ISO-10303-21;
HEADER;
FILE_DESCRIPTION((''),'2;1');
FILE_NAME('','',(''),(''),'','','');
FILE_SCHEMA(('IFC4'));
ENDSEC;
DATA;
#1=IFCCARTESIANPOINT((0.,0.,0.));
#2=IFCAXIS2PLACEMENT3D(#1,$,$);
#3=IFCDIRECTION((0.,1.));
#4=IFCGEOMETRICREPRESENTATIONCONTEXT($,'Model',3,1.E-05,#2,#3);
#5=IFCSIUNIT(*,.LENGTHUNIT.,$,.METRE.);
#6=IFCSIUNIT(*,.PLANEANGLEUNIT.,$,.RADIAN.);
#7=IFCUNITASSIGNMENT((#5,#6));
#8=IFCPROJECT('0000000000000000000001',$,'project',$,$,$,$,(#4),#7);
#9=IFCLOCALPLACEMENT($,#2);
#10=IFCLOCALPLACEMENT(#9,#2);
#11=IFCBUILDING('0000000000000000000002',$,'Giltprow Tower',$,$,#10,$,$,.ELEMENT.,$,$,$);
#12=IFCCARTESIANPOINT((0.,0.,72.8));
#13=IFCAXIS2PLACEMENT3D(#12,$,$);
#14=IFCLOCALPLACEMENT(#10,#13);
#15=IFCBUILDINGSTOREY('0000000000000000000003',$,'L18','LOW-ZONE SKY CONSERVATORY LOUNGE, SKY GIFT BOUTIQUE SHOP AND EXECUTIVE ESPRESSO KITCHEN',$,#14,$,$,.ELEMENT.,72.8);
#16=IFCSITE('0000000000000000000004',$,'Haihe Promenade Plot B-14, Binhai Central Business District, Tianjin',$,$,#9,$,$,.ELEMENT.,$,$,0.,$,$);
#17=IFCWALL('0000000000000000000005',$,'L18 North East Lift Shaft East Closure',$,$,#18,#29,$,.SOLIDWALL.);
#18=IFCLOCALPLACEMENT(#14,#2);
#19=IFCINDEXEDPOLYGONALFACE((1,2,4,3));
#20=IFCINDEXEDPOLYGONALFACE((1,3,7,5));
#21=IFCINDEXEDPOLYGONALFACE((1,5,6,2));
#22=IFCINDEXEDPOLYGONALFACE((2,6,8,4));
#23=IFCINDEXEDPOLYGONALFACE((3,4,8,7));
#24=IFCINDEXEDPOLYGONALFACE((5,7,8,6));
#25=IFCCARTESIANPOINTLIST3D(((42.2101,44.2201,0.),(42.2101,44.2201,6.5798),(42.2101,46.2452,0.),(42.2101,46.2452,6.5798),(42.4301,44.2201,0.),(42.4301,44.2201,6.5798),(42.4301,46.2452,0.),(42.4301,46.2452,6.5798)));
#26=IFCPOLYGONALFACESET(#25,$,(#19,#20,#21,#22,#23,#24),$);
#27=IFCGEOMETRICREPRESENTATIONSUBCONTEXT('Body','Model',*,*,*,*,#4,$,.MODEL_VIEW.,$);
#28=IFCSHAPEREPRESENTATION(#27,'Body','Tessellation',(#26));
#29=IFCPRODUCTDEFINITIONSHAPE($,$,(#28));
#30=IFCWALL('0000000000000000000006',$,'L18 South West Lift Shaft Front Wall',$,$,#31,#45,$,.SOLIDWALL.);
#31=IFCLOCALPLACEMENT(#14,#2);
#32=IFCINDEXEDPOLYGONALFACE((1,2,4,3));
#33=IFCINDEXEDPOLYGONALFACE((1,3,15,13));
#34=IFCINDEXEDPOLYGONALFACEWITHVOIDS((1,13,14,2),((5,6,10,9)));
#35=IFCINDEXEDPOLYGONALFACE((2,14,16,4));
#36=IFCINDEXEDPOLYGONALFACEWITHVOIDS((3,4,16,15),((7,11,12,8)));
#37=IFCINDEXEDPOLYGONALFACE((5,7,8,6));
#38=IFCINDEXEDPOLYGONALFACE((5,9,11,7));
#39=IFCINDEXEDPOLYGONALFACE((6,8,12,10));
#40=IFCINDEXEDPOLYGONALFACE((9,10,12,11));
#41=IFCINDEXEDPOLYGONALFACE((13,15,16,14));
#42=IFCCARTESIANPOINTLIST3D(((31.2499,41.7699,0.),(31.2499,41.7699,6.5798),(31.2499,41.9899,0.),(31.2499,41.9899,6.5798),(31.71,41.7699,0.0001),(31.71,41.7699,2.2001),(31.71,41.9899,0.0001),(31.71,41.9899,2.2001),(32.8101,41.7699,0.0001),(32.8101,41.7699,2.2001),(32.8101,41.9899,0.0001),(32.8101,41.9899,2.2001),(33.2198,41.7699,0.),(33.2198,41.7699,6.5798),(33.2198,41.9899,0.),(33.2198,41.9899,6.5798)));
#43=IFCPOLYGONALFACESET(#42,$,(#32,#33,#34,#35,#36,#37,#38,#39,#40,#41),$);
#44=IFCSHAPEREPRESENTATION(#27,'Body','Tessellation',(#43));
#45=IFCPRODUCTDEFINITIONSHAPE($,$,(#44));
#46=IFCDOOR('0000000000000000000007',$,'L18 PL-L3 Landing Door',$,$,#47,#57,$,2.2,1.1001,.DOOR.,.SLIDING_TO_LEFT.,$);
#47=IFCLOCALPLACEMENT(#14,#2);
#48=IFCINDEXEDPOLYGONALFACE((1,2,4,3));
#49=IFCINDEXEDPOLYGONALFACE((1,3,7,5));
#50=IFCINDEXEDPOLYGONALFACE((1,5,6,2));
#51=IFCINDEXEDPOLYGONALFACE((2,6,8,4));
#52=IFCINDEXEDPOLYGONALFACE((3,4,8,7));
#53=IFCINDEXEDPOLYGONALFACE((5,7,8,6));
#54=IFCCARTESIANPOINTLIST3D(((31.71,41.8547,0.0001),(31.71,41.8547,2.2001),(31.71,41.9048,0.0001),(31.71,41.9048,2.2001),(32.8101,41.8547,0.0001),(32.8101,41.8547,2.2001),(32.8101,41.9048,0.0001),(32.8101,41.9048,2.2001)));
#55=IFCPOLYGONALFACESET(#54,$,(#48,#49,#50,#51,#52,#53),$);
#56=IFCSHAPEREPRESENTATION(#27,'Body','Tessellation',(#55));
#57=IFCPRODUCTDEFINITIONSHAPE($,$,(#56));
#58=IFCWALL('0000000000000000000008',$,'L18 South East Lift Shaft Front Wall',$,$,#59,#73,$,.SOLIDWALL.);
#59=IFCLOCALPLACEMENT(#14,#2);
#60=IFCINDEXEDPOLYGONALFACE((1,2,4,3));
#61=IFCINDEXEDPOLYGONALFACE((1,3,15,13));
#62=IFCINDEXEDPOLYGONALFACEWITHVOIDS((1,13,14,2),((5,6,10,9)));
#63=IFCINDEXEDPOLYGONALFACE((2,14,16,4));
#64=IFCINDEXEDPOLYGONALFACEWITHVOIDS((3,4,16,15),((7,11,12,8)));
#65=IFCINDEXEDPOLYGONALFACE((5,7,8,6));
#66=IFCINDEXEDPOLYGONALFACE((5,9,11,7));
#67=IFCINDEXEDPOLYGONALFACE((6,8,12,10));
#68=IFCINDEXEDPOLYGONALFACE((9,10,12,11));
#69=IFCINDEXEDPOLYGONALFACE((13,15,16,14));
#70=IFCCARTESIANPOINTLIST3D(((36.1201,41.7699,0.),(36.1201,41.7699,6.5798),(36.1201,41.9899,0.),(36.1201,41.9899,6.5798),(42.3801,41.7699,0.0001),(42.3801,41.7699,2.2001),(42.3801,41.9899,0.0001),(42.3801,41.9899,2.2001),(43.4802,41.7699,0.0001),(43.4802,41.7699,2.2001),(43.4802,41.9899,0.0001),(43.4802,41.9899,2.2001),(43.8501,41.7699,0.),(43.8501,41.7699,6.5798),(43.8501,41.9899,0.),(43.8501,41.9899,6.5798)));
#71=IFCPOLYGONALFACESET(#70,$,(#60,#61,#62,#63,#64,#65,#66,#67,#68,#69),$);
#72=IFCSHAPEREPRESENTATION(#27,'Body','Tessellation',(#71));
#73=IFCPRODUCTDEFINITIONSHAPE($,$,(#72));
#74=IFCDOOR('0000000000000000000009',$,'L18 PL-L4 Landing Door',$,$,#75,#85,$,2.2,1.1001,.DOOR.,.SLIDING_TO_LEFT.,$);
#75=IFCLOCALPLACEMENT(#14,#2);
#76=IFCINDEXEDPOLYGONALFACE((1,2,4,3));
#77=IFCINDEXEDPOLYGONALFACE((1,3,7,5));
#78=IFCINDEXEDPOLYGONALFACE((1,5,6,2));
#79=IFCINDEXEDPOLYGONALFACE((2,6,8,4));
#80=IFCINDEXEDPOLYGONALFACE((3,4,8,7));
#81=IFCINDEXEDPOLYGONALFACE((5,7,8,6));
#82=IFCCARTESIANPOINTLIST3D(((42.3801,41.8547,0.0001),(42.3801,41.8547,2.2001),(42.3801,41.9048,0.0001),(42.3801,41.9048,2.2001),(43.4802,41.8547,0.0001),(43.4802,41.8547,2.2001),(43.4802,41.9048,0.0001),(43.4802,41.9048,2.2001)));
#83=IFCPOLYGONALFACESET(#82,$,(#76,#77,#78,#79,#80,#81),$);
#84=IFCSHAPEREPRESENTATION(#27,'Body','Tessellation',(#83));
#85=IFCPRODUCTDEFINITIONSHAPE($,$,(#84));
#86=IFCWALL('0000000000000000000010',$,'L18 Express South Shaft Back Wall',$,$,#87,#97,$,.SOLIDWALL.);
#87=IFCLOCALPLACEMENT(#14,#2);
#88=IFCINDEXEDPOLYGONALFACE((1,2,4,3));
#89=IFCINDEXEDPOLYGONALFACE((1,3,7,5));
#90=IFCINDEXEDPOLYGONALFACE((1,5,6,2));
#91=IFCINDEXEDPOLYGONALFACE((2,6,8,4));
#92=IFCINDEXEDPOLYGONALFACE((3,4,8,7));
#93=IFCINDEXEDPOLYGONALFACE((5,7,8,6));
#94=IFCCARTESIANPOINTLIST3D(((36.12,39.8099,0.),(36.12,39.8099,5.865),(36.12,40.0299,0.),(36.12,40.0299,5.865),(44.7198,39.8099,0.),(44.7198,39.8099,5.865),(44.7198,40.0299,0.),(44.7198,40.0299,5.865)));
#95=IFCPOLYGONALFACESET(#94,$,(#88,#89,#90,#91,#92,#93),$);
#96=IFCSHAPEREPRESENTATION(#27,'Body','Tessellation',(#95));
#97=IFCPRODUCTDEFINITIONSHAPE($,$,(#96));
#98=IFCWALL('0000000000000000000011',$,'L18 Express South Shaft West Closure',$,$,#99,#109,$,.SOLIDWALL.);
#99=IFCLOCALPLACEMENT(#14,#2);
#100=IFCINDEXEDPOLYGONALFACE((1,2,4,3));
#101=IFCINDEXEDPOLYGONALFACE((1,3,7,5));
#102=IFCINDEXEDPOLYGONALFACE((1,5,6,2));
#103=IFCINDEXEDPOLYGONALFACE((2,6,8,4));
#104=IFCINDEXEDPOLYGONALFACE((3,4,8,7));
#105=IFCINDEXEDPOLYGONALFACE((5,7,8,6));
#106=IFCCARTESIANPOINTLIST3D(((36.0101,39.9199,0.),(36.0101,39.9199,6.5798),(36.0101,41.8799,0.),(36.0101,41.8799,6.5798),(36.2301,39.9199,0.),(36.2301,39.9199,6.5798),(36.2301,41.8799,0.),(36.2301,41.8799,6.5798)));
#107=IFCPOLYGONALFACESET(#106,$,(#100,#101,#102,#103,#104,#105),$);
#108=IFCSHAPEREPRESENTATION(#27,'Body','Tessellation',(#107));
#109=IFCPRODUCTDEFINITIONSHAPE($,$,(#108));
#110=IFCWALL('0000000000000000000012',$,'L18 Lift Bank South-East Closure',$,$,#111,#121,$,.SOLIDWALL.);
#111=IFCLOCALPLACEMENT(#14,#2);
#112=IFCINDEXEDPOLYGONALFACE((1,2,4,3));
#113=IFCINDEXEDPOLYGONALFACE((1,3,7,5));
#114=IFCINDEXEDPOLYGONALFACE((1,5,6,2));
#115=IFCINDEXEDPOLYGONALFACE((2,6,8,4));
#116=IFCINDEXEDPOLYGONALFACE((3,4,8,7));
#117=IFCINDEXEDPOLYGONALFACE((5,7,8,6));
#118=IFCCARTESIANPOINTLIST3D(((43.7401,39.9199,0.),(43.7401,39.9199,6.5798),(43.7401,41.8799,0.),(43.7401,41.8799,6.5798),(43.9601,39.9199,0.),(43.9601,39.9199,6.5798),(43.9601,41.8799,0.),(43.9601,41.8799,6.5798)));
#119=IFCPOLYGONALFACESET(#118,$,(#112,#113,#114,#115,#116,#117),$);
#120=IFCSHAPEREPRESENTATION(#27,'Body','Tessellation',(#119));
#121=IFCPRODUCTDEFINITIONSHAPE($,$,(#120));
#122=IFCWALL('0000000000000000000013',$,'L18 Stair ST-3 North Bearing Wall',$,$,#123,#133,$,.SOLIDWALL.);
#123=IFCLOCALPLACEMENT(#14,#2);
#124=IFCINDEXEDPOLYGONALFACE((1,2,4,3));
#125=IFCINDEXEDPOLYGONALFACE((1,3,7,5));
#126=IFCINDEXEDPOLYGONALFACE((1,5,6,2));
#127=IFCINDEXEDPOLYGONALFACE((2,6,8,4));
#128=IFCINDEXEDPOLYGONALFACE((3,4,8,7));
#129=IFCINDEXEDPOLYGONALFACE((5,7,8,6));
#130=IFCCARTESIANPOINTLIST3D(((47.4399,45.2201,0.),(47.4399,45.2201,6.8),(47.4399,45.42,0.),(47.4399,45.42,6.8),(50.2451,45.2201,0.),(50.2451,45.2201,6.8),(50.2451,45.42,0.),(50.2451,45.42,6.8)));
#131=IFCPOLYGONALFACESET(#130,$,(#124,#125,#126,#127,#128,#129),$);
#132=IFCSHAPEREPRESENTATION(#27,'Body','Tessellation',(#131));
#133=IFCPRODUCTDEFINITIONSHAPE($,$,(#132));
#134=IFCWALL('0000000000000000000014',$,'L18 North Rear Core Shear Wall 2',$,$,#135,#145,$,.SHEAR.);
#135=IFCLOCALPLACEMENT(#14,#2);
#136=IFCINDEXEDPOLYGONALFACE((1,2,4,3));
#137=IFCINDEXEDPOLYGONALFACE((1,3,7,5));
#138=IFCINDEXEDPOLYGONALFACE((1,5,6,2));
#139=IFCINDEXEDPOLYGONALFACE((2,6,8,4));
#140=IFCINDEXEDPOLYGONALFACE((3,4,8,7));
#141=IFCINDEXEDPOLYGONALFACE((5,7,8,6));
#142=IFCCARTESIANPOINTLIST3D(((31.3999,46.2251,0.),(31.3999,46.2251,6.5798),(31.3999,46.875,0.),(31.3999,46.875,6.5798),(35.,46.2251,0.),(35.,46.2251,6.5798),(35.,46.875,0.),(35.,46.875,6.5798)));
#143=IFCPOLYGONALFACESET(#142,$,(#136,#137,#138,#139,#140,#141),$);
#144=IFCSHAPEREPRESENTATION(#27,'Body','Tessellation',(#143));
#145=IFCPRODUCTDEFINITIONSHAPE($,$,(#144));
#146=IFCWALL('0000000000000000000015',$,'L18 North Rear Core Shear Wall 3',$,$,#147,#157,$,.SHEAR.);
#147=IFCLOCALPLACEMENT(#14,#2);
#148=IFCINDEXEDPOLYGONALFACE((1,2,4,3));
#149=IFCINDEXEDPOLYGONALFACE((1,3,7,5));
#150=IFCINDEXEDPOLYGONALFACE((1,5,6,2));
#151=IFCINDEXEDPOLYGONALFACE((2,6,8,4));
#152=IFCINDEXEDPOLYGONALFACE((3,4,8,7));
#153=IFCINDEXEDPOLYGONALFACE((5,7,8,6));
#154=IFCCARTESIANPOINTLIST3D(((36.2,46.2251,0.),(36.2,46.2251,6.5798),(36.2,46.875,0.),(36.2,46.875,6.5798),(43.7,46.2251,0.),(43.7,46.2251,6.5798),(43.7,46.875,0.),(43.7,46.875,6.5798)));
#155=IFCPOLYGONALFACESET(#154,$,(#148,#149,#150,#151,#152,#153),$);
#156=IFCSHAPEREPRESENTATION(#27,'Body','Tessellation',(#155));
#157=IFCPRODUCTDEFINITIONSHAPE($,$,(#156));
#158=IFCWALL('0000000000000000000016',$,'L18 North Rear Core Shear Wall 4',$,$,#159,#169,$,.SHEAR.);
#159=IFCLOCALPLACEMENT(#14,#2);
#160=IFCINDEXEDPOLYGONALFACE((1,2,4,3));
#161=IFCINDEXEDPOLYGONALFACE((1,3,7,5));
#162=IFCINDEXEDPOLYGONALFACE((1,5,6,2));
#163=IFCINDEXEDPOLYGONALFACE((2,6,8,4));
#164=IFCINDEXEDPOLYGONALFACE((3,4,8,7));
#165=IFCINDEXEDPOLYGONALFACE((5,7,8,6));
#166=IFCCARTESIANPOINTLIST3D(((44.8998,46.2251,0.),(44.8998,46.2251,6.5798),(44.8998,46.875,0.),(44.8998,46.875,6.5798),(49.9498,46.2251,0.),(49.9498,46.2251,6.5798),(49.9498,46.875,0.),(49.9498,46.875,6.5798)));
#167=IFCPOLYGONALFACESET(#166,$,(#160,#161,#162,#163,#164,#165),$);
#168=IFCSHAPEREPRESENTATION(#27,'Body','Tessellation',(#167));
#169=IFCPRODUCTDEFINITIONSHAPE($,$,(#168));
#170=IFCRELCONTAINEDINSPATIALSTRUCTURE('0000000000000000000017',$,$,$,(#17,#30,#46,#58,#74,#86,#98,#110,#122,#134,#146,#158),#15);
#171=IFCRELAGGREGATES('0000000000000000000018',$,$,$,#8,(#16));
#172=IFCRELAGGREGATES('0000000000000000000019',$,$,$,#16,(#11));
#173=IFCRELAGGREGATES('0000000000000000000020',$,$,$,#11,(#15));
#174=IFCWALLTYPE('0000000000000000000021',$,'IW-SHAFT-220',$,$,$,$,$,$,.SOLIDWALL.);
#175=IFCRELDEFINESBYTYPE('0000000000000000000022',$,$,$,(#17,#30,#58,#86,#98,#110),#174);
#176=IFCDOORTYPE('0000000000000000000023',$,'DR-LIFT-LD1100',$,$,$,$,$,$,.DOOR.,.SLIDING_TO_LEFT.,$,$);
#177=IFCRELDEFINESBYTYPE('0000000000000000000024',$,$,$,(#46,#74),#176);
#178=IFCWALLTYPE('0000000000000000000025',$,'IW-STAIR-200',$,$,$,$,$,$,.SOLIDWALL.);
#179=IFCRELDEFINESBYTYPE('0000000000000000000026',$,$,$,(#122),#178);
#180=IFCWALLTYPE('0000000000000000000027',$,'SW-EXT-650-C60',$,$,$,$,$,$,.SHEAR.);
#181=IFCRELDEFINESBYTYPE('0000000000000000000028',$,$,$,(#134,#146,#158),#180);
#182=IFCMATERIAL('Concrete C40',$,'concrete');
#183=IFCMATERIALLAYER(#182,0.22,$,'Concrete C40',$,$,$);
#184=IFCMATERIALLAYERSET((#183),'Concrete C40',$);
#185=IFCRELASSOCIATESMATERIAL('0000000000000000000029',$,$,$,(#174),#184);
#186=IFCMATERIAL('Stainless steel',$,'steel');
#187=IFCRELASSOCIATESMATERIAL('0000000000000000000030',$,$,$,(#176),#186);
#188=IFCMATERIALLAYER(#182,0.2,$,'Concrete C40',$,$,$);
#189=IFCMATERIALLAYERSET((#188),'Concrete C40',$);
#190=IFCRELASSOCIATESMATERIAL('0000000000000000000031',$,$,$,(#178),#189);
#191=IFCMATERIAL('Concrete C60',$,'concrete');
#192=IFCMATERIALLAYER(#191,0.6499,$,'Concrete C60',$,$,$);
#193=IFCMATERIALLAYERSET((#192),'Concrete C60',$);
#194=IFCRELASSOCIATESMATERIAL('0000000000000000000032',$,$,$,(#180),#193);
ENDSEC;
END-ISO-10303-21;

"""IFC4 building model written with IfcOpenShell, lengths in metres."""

from ifc_helpers import new_model, si_unit, direction, frame, frame_2d, origin, place, context, subcontext, project, spatial, rectangle, extrude, source, transform, mapped, material, layer, layer_set, type_object, element, fill, save


model = new_model("IFC4")

# Units and contexts
model_context = context("Model", 3, precision=1e-05, world=origin(), true_north=direction((0.0, 1.0)))
body_context = subcontext(model_context, "Body", "Model", "MODEL_VIEW")
ifc_project = project(units=[si_unit("LENGTHUNIT", "METRE"), si_unit("PLANEANGLEUNIT", "RADIAN")], contexts=[model_context])

# Site, building, storey
site_placement = place(None, origin())
site = spatial("IfcSite", under=ifc_project, at=site_placement, Name="Haihe Promenade Plot B-14, Binhai Central Business District, Tianjin", CompositionType="ELEMENT", RefElevation=0.0)
building_placement = place(site_placement, origin())
building = spatial("IfcBuilding", under=site, at=building_placement, Name="Giltprow Tower", CompositionType="ELEMENT")
storey_placement = place(building_placement, frame((0.0, 0.0, 72.8)))
storey = spatial("IfcBuildingStorey", under=building, at=storey_placement, Name="L18", Description="LOW-ZONE SKY CONSERVATORY LOUNGE, SKY GIFT BOUTIQUE SHOP AND EXECUTIVE ESPRESSO KITCHEN", CompositionType="ELEMENT", Elevation=72.8)

# Shared definitions
ifc_material_1 = material(Name="Concrete C60", Category="concrete")

# Shared definitions
ifc_material_2 = material(Name="Concrete C40", Category="concrete")
ifc_layer_1 = layer(ifc_material_2, 0.22, Name="Concrete C40")
ifc_layer_set_1 = layer_set([ifc_layer_1], Name="Concrete C40")
wall_type_1 = type_object("IfcWallType", Name="IW-SHAFT-220", PredefinedType="SOLIDWALL", material=ifc_layer_set_1)
ifc_material_3 = material(Name="Stainless steel", Category="steel")
door_type = type_object("IfcDoorType", Name="DR-LIFT-LD1100", OperationType="SLIDING_TO_LEFT", PredefinedType="DOOR", material=ifc_material_3)
shared_shape_1 = source(origin(), body_context, "Body", "SweptSolid", [
    extrude(rectangle(XDim=1.1001, YDim=2.2, at=frame_2d((0.55, 1.1001))), frame((0.0, 0.0249, 0.0), z_axis=(0.0, -1.0, 0.0), x_axis=(1.0, 0.0, 0.0)), (0.0, 0.0, 1.0), 0.05),
])

# Wall
for number, where, z_axis, x_axis, name in (
    (1, (42.3201, 44.22, 0.0), (0.0, 0.0, 1.0), (0.0, 1.0, 0.0), "L18 North East Lift Shaft East Closure"),
):
    element("IfcWall", number, at=place(storey_placement, frame(where, z_axis=z_axis, x_axis=x_axis)), inside=storey, type_object=wall_type_1, Name=name, PredefinedType="SOLIDWALL", context=body_context, shape_type="SweptSolid", body=[
        extrude(rectangle(XDim=2.0251, YDim=0.22, at=frame_2d((1.0127, 0.0))), origin(), (0.0, 0.0, 1.0), 6.5798),
    ])

# Walls, openings, doors
wall_1_placement = place(storey_placement, frame((31.25, 41.8799, 0.0), z_axis=(0.0, 0.0, 1.0), x_axis=(1.0, 0.0, 0.0)))
wall_1 = element("IfcWall", 2, at=wall_1_placement, inside=storey, type_object=wall_type_1, Name="L18 South West Lift Shaft Front Wall", PredefinedType="SOLIDWALL", context=body_context, shape_type="SweptSolid", body=[
    extrude(rectangle(XDim=1.97, YDim=0.22, at=frame_2d((0.9849, 0.0))), origin(), (0.0, 0.0, 1.0), 6.5798),
])
opening_1_placement = place(wall_1_placement, frame((0.46, 0.0, 0.0)))
opening_1 = element("IfcOpeningElement", 3, at=opening_1_placement, cuts=wall_1, PredefinedType="OPENING", context=body_context, shape_type="SweptSolid", body=[
    extrude(rectangle(XDim=1.1001, YDim=2.2, at=frame_2d((0.55, 1.1001))), frame((0.0, 0.1199, 0.0), z_axis=(0.0, -1.0, 0.0), x_axis=(1.0, 0.0, 0.0)), (0.0, 0.0, 1.0), 0.24),
])
door_1_placement = place(opening_1_placement, origin())
door_1 = element("IfcDoor", 4, at=door_1_placement, inside=storey, type_object=door_type, Name="L18 PL-L3 Landing Door", OperationType="SLIDING_TO_LEFT", OverallHeight=2.2, OverallWidth=1.1001, PredefinedType="DOOR", context=body_context, shape_type="MappedRepresentation", body=[
    mapped(shared_shape_1, transform((0.0, 0.0, 0.0), x_axis=(1.0, 0.0, 0.0), y_axis=(0.0, 1.0, 0.0), z_axis=(0.0, 0.0, 1.0), scale=1.0)),
])
fill(opening_1, door_1)
wall_2_placement = place(storey_placement, frame((36.1201, 41.8799, 0.0), z_axis=(0.0, 0.0, 1.0), x_axis=(1.0, 0.0, 0.0)))
wall_2 = element("IfcWall", 5, at=wall_2_placement, inside=storey, type_object=wall_type_1, Name="L18 South East Lift Shaft Front Wall", PredefinedType="SOLIDWALL", context=body_context, shape_type="SweptSolid", body=[
    extrude(rectangle(XDim=7.73, YDim=0.22, at=frame_2d((3.865, 0.0))), origin(), (0.0, 0.0, 1.0), 6.5798),
])
opening_2_placement = place(wall_2_placement, frame((6.26, 0.0, 0.0)))
opening_2 = element("IfcOpeningElement", 6, at=opening_2_placement, cuts=wall_2, PredefinedType="OPENING", context=body_context, shape_type="SweptSolid", body=[
    extrude(rectangle(XDim=1.1001, YDim=2.2, at=frame_2d((0.55, 1.1001))), frame((0.0, 0.1199, 0.0), z_axis=(0.0, -1.0, 0.0), x_axis=(1.0, 0.0, 0.0)), (0.0, 0.0, 1.0), 0.24),
])
door_2_placement = place(opening_2_placement, origin())
door_2 = element("IfcDoor", 7, at=door_2_placement, inside=storey, type_object=door_type, Name="L18 PL-L4 Landing Door", OperationType="SLIDING_TO_LEFT", OverallHeight=2.2, OverallWidth=1.1001, PredefinedType="DOOR", context=body_context, shape_type="MappedRepresentation", body=[
    mapped(shared_shape_1, transform((0.0, 0.0, 0.0), x_axis=(1.0, 0.0, 0.0), y_axis=(0.0, 1.0, 0.0), z_axis=(0.0, 0.0, 1.0), scale=1.0)),
])
fill(opening_2, door_2)

# Walls
wall_3_placement = place(storey_placement, frame((36.1201, 39.9199, 0.0), z_axis=(0.0, 0.0, 1.0), x_axis=(1.0, 0.0, 0.0)))
element("IfcWall", 8, at=wall_3_placement, inside=storey, type_object=wall_type_1, Name="L18 Express South Shaft Back Wall", PredefinedType="SOLIDWALL", context=body_context, shape_type="SweptSolid", body=[
    extrude(rectangle(XDim=8.5999, YDim=0.22, at=frame_2d((4.2998, 0.0))), origin(), (0.0, 0.0, 1.0), 5.865),
])
for number, where, z_axis, x_axis, name in (
    (9, (36.1201, 39.9199, 0.0), (0.0, 0.0, 1.0), (0.0, 1.0, 0.0), "L18 Express South Shaft West Closure"),
    (10, (43.8501, 39.9199, 0.0), (0.0, 0.0, 1.0), (0.0, 1.0, 0.0), "L18 Lift Bank South-East Closure"),
):
    element("IfcWall", number, at=place(storey_placement, frame(where, z_axis=z_axis, x_axis=x_axis)), inside=storey, type_object=wall_type_1, Name=name, PredefinedType="SOLIDWALL", context=body_context, shape_type="SweptSolid", body=[
        extrude(rectangle(XDim=1.96, YDim=0.22, at=frame_2d((0.98, 0.0))), origin(), (0.0, 0.0, 1.0), 6.5798),
    ])
ifc_layer_2 = layer(ifc_material_2, 0.2, Name="Concrete C40")
ifc_layer_set_2 = layer_set([ifc_layer_2], Name="Concrete C40")
wall_type_2 = type_object("IfcWallType", Name="IW-STAIR-200", PredefinedType="SOLIDWALL", material=ifc_layer_set_2)
wall_4_placement = place(storey_placement, frame((47.4399, 45.3201, 0.0), z_axis=(0.0, 0.0, 1.0), x_axis=(1.0, 0.0, 0.0)))
element("IfcWall", 11, at=wall_4_placement, inside=storey, type_object=wall_type_2, Name="L18 Stair ST-3 North Bearing Wall", PredefinedType="SOLIDWALL", context=body_context, shape_type="SweptSolid", body=[
    extrude(rectangle(XDim=2.8052, YDim=0.2, at=frame_2d((1.4026, 0.0))), origin(), (0.0, 0.0, 1.0), 6.8),
])
ifc_layer_3 = layer(ifc_material_1, 0.6499, Name="Concrete C60")
ifc_layer_set_3 = layer_set([ifc_layer_3], Name="Concrete C60")
wall_type_3 = type_object("IfcWallType", Name="SW-EXT-650-C60", PredefinedType="SHEAR", material=ifc_layer_set_3)
wall_5_placement = place(storey_placement, frame((31.3999, 46.55, 0.0), z_axis=(0.0, 0.0, 1.0), x_axis=(1.0, 0.0, 0.0)))
element("IfcWall", 12, at=wall_5_placement, inside=storey, type_object=wall_type_3, Name="L18 North Rear Core Shear Wall 2", PredefinedType="SHEAR", context=body_context, shape_type="SweptSolid", body=[
    extrude(rectangle(XDim=3.6001, YDim=0.6499, at=frame_2d((1.8, 0.0))), origin(), (0.0, 0.0, 1.0), 6.5798),
])
wall_6_placement = place(storey_placement, frame((36.2, 46.55, 0.0), z_axis=(0.0, 0.0, 1.0), x_axis=(1.0, 0.0, 0.0)))
element("IfcWall", 13, at=wall_6_placement, inside=storey, type_object=wall_type_3, Name="L18 North Rear Core Shear Wall 3", PredefinedType="SHEAR", context=body_context, shape_type="SweptSolid", body=[
    extrude(rectangle(XDim=7.5, YDim=0.6499, at=frame_2d((3.75, 0.0))), origin(), (0.0, 0.0, 1.0), 6.5798),
])
wall_7_placement = place(storey_placement, frame((44.8999, 46.55, 0.0), z_axis=(0.0, 0.0, 1.0), x_axis=(1.0, 0.0, 0.0)))
element("IfcWall", 14, at=wall_7_placement, inside=storey, type_object=wall_type_3, Name="L18 North Rear Core Shear Wall 4", PredefinedType="SHEAR", context=body_context, shape_type="SweptSolid", body=[
    extrude(rectangle(XDim=5.05, YDim=0.6499, at=frame_2d((2.5249, 0.0))), origin(), (0.0, 0.0, 1.0), 6.5798),
])

save(model, "model.ifc")
